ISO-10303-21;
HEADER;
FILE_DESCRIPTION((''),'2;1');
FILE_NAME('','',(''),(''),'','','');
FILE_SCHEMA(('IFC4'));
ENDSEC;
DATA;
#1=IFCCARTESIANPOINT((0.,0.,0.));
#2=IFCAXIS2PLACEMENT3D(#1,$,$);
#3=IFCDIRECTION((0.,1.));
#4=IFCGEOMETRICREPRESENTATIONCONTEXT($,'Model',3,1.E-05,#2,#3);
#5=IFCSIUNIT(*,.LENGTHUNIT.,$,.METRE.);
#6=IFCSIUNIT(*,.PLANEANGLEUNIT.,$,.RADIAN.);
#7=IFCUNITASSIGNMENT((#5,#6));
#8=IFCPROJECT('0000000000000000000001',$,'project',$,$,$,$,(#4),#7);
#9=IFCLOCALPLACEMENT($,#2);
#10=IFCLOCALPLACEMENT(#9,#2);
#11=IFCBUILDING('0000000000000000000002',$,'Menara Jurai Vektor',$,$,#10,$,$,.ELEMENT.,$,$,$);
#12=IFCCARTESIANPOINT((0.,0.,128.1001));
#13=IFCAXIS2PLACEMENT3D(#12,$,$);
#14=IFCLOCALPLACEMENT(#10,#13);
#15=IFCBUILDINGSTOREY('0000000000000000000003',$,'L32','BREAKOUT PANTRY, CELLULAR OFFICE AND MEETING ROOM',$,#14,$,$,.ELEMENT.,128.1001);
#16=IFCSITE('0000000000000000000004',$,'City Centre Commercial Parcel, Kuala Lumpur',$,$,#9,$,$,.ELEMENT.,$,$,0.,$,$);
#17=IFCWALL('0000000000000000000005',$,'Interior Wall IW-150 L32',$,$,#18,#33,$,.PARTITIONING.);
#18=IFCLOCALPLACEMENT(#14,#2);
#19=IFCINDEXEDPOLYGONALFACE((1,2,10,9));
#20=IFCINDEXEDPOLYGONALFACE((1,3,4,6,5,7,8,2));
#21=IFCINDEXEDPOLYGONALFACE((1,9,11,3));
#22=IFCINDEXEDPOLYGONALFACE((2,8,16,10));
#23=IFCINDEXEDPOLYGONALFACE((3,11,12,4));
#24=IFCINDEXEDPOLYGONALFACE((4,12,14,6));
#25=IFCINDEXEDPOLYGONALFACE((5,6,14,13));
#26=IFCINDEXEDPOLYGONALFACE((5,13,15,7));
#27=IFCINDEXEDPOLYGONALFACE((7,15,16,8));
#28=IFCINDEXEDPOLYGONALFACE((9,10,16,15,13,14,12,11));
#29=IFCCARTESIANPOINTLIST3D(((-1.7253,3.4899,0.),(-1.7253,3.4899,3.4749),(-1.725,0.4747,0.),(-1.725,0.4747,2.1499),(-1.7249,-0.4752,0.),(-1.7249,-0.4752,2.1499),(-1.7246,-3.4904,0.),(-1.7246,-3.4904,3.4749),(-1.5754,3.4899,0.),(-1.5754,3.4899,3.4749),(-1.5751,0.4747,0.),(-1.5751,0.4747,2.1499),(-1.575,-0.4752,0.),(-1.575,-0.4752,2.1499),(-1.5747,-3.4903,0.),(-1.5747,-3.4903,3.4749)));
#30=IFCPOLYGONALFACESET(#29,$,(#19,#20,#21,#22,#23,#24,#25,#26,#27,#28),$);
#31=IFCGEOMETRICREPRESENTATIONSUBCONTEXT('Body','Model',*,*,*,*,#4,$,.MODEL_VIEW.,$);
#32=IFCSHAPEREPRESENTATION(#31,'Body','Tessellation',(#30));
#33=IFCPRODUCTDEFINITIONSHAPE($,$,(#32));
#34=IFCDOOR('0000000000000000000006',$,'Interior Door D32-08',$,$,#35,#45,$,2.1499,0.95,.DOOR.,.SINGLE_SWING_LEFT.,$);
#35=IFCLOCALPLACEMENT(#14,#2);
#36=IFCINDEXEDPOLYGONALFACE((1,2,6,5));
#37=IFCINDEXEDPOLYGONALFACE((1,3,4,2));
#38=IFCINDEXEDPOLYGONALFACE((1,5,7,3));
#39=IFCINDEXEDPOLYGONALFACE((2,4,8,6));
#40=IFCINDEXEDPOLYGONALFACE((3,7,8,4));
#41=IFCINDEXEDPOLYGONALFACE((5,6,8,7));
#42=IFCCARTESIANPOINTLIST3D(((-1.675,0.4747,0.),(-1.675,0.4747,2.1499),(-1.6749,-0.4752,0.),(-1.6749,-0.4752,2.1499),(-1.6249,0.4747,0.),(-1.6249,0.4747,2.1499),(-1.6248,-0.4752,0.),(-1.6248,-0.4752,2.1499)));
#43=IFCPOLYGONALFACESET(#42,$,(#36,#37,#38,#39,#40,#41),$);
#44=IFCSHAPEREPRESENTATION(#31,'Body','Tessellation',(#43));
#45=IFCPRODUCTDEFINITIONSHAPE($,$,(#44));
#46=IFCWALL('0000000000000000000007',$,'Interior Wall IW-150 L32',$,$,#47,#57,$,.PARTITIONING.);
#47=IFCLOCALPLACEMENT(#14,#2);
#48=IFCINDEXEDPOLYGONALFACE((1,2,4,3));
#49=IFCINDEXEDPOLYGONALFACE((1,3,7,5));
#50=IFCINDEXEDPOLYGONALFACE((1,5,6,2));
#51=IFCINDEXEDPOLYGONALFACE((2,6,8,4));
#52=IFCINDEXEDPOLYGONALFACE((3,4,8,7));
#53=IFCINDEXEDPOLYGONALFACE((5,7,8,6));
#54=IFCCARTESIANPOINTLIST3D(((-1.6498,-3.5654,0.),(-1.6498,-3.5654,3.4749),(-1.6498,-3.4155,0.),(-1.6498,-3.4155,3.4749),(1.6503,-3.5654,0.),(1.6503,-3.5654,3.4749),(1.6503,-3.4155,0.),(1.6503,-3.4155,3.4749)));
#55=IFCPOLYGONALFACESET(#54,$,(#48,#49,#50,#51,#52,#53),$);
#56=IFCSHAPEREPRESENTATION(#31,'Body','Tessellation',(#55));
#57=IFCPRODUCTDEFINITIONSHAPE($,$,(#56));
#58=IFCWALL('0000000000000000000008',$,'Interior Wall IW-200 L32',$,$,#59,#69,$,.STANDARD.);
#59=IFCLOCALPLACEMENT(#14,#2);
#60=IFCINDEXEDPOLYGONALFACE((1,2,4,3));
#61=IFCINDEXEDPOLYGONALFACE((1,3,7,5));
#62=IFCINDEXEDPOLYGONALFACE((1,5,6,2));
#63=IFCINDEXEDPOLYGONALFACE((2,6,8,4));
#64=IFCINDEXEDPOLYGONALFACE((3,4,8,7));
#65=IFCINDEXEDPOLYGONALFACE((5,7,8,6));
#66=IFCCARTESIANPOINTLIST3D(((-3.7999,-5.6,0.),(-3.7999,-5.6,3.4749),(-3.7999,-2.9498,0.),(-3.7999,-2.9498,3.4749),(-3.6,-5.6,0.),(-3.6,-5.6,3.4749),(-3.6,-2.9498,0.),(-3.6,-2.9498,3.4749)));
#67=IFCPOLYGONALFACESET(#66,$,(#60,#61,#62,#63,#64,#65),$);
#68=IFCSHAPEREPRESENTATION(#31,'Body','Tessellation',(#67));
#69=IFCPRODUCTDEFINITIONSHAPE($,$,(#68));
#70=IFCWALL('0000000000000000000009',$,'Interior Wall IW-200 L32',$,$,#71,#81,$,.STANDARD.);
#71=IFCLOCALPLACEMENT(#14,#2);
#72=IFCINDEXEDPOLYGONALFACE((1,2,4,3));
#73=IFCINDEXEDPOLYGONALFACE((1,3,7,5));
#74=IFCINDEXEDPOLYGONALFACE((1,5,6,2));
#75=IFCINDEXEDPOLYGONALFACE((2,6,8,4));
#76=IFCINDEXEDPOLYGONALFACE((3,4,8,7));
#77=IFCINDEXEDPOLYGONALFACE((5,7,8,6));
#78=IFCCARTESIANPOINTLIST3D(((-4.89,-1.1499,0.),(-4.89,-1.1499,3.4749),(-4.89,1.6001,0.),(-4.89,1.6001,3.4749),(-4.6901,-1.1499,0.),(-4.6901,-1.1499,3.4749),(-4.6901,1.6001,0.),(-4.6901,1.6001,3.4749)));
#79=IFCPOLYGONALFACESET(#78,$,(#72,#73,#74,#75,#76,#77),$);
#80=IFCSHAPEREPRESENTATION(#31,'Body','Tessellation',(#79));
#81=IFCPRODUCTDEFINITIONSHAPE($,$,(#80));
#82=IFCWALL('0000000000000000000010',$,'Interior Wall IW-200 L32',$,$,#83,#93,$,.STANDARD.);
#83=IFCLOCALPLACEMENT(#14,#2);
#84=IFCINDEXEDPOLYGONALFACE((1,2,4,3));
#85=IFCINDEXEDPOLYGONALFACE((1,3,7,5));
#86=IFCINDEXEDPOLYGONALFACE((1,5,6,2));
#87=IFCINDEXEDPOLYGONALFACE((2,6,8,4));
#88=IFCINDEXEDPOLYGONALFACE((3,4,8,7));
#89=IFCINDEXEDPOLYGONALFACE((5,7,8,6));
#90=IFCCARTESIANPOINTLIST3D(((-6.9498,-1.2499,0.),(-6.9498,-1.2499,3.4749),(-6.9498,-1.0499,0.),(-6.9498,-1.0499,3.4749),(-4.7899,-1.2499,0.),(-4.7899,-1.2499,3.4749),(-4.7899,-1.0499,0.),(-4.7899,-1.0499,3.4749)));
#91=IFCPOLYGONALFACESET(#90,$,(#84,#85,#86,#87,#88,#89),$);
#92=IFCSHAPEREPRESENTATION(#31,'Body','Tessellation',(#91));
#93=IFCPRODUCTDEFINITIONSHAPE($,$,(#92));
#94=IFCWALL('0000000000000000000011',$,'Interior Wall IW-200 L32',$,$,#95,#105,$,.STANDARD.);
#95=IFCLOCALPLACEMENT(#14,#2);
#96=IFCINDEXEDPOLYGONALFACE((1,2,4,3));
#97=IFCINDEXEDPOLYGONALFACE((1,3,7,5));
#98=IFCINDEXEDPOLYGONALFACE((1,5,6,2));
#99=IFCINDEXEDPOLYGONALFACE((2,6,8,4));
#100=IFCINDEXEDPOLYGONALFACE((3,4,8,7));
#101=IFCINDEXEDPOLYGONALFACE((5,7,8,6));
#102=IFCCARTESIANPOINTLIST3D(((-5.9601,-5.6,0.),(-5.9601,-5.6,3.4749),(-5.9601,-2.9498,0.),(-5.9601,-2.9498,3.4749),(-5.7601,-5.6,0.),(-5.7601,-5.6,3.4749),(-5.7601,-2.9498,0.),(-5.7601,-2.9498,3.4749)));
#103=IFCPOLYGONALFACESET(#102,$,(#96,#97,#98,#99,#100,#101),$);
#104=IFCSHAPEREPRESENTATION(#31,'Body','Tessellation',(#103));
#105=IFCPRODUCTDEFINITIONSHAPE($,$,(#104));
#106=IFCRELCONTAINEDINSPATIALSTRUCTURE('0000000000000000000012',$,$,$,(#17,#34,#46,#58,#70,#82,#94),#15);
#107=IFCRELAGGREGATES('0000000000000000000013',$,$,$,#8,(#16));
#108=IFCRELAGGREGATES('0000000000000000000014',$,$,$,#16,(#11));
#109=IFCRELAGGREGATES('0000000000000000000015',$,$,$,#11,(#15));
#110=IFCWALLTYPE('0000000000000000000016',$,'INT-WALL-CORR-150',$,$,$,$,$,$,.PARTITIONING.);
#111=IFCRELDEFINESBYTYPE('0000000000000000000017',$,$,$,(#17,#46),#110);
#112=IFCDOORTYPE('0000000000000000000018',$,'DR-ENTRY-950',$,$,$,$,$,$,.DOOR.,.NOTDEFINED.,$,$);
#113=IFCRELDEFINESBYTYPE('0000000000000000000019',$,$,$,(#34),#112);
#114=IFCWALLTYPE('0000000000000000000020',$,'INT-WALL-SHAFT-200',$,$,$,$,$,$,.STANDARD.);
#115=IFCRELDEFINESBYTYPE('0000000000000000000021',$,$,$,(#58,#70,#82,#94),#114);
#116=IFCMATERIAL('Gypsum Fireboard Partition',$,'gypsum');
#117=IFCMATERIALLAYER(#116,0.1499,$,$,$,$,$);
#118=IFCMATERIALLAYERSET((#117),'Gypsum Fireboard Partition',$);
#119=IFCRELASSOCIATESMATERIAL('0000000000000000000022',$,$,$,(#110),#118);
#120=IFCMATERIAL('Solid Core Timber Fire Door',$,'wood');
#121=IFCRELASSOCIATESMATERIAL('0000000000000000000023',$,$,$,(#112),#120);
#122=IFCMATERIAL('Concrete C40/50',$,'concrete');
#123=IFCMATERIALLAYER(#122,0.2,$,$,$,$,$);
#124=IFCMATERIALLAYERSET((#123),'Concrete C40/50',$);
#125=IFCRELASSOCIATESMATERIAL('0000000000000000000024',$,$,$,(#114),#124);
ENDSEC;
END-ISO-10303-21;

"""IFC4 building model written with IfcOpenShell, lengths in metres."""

from ifc_helpers import new_model, si_unit, direction, frame, frame_2d, origin, place, context, subcontext, project, spatial, rectangle, extrude, material, layer, layer_set, type_object, element, fill, save


model = new_model("IFC4")

# Units and contexts
model_context = context("Model", 3, precision=1e-05, world=origin(), true_north=direction((0.0, 1.0)))
body_context = subcontext(model_context, "Body", "Model", "MODEL_VIEW")
ifc_project = project(units=[si_unit("LENGTHUNIT", "METRE"), si_unit("PLANEANGLEUNIT", "RADIAN")], contexts=[model_context])

# Site, building, storey
site_placement = place(None, origin())
site = spatial("IfcSite", under=ifc_project, at=site_placement, Name="City Centre Commercial Parcel, Kuala Lumpur", CompositionType="ELEMENT", RefElevation=0.0)
building_placement = place(site_placement, origin())
building = spatial("IfcBuilding", under=site, at=building_placement, Name="Menara Jurai Vektor", CompositionType="ELEMENT")
storey_placement = place(building_placement, frame((0.0, 0.0, 128.1001)))
storey = spatial("IfcBuildingStorey", under=building, at=storey_placement, Name="L32", Description="BREAKOUT PANTRY, CELLULAR OFFICE AND MEETING ROOM", CompositionType="ELEMENT", Elevation=128.1001)

# Shared definitions
ifc_material_1 = material(Name="Concrete C40/50", Category="concrete")

# Shared definitions
ifc_material_2 = material(Name="Gypsum Fireboard Partition", Category="gypsum")
ifc_layer_1 = layer(ifc_material_2, 0.1499)
ifc_layer_set_1 = layer_set([ifc_layer_1], Name="Gypsum Fireboard Partition")
wall_type_1 = type_object("IfcWallType", Name="INT-WALL-CORR-150", PredefinedType="PARTITIONING", material=ifc_layer_set_1)

# Wall, opening, door
wall_1_placement = place(storey_placement, frame((-1.6497, -3.4905, 0.0), z_axis=(0.0, 0.0, 1.0), x_axis=(-0.000105, 1.0, 0.0)))
wall_1 = element("IfcWall", 1, at=wall_1_placement, inside=storey, type_object=wall_type_1, Name="Interior Wall IW-150 L32", PredefinedType="PARTITIONING", context=body_context, shape_type="SweptSolid", body=[
    extrude(rectangle(XDim=6.9802, YDim=0.1499, at=frame_2d((3.4902, 0.0))), origin(), (0.0, 0.0, 1.0), 3.4749),
])
opening_1_placement = place(wall_1_placement, frame((3.0151, 0.0, 0.0)))
opening_1 = element("IfcOpeningElement", 2, at=opening_1_placement, cuts=wall_1, PredefinedType="OPENING", context=body_context, shape_type="SweptSolid", body=[
    extrude(rectangle(XDim=0.95, YDim=2.1499, at=frame_2d((0.4751, 1.075))), frame((0.0, 0.085, 0.0), z_axis=(0.0, -1.0, 0.0), x_axis=(1.0, 0.0, 0.0)), (0.0, 0.0, 1.0), 0.1699),
])
ifc_material_3 = material(Name="Solid Core Timber Fire Door", Category="wood")
door_type_1 = type_object("IfcDoorType", Name="DR-ENTRY-950", OperationType="NOTDEFINED", PredefinedType="DOOR", material=ifc_material_3)
door_1_placement = place(opening_1_placement, origin())
door_1 = element("IfcDoor", 3, at=door_1_placement, inside=storey, type_object=door_type_1, Name="Interior Door D32-08", OperationType="SINGLE_SWING_LEFT", OverallHeight=2.1499, OverallWidth=0.95, PredefinedType="DOOR", context=body_context, shape_type="SweptSolid", body=[
    extrude(rectangle(XDim=0.95, YDim=2.1499, at=frame_2d((0.4751, 1.075))), frame((0.0, 0.0249, 0.0), z_axis=(0.0, -1.0, 0.0), x_axis=(1.0, 0.0, 0.0)), (0.0, 0.0, 1.0), 0.05),
])
fill(opening_1, door_1)

# Wall
wall_2_placement = place(storey_placement, frame((-1.6497, -3.4905, 0.0), z_axis=(0.0, 0.0, 1.0), x_axis=(1.0, 0.0, 0.0)))
element("IfcWall", 4, at=wall_2_placement, inside=storey, type_object=wall_type_1, Name="Interior Wall IW-150 L32", PredefinedType="PARTITIONING", context=body_context, shape_type="SweptSolid", body=[
    extrude(rectangle(XDim=3.3, YDim=0.1499, at=frame_2d((1.6499, 0.0))), origin(), (0.0, 0.0, 1.0), 3.4749),
])

# Shared definitions
ifc_layer_2 = layer(ifc_material_1, 0.2)
ifc_layer_set_2 = layer_set([ifc_layer_2], Name="Concrete C40/50")
wall_type_2 = type_object("IfcWallType", Name="INT-WALL-SHAFT-200", PredefinedType="STANDARD", material=ifc_layer_set_2)

# Walls
wall_3_placement = place(storey_placement, frame((-3.7, -5.6001, 0.0), z_axis=(0.0, 0.0, 1.0), x_axis=(0.0, 1.0, 0.0)))
element("IfcWall", 5, at=wall_3_placement, inside=storey, type_object=wall_type_2, Name="Interior Wall IW-200 L32", PredefinedType="STANDARD", context=body_context, shape_type="SweptSolid", body=[
    extrude(rectangle(XDim=2.6501, YDim=0.2, at=frame_2d((1.3252, 0.0))), origin(), (0.0, 0.0, 1.0), 3.4749),
])
wall_4_placement = place(storey_placement, frame((-4.79, -1.1499, 0.0), z_axis=(0.0, 0.0, 1.0), x_axis=(0.0, 1.0, 0.0)))
element("IfcWall", 6, at=wall_4_placement, inside=storey, type_object=wall_type_2, Name="Interior Wall IW-200 L32", PredefinedType="STANDARD", context=body_context, shape_type="SweptSolid", body=[
    extrude(rectangle(XDim=2.75, YDim=0.2, at=frame_2d((1.375, 0.0))), origin(), (0.0, 0.0, 1.0), 3.4749),
])
wall_5_placement = place(storey_placement, frame((-6.95, -1.1499, 0.0), z_axis=(0.0, 0.0, 1.0), x_axis=(1.0, 0.0, 0.0)))
element("IfcWall", 7, at=wall_5_placement, inside=storey, type_object=wall_type_2, Name="Interior Wall IW-200 L32", PredefinedType="STANDARD", context=body_context, shape_type="SweptSolid", body=[
    extrude(rectangle(XDim=2.1599, YDim=0.2, at=frame_2d((1.0801, 0.0))), origin(), (0.0, 0.0, 1.0), 3.4749),
])
wall_6_placement = place(storey_placement, frame((-5.8601, -5.6001, 0.0), z_axis=(0.0, 0.0, 1.0), x_axis=(0.0, 1.0, 0.0)))
element("IfcWall", 8, at=wall_6_placement, inside=storey, type_object=wall_type_2, Name="Interior Wall IW-200 L32", PredefinedType="STANDARD", context=body_context, shape_type="SweptSolid", body=[
    extrude(rectangle(XDim=2.6501, YDim=0.2, at=frame_2d((1.3252, 0.0))), origin(), (0.0, 0.0, 1.0), 3.4749),
])

save(model, "model.ifc")
